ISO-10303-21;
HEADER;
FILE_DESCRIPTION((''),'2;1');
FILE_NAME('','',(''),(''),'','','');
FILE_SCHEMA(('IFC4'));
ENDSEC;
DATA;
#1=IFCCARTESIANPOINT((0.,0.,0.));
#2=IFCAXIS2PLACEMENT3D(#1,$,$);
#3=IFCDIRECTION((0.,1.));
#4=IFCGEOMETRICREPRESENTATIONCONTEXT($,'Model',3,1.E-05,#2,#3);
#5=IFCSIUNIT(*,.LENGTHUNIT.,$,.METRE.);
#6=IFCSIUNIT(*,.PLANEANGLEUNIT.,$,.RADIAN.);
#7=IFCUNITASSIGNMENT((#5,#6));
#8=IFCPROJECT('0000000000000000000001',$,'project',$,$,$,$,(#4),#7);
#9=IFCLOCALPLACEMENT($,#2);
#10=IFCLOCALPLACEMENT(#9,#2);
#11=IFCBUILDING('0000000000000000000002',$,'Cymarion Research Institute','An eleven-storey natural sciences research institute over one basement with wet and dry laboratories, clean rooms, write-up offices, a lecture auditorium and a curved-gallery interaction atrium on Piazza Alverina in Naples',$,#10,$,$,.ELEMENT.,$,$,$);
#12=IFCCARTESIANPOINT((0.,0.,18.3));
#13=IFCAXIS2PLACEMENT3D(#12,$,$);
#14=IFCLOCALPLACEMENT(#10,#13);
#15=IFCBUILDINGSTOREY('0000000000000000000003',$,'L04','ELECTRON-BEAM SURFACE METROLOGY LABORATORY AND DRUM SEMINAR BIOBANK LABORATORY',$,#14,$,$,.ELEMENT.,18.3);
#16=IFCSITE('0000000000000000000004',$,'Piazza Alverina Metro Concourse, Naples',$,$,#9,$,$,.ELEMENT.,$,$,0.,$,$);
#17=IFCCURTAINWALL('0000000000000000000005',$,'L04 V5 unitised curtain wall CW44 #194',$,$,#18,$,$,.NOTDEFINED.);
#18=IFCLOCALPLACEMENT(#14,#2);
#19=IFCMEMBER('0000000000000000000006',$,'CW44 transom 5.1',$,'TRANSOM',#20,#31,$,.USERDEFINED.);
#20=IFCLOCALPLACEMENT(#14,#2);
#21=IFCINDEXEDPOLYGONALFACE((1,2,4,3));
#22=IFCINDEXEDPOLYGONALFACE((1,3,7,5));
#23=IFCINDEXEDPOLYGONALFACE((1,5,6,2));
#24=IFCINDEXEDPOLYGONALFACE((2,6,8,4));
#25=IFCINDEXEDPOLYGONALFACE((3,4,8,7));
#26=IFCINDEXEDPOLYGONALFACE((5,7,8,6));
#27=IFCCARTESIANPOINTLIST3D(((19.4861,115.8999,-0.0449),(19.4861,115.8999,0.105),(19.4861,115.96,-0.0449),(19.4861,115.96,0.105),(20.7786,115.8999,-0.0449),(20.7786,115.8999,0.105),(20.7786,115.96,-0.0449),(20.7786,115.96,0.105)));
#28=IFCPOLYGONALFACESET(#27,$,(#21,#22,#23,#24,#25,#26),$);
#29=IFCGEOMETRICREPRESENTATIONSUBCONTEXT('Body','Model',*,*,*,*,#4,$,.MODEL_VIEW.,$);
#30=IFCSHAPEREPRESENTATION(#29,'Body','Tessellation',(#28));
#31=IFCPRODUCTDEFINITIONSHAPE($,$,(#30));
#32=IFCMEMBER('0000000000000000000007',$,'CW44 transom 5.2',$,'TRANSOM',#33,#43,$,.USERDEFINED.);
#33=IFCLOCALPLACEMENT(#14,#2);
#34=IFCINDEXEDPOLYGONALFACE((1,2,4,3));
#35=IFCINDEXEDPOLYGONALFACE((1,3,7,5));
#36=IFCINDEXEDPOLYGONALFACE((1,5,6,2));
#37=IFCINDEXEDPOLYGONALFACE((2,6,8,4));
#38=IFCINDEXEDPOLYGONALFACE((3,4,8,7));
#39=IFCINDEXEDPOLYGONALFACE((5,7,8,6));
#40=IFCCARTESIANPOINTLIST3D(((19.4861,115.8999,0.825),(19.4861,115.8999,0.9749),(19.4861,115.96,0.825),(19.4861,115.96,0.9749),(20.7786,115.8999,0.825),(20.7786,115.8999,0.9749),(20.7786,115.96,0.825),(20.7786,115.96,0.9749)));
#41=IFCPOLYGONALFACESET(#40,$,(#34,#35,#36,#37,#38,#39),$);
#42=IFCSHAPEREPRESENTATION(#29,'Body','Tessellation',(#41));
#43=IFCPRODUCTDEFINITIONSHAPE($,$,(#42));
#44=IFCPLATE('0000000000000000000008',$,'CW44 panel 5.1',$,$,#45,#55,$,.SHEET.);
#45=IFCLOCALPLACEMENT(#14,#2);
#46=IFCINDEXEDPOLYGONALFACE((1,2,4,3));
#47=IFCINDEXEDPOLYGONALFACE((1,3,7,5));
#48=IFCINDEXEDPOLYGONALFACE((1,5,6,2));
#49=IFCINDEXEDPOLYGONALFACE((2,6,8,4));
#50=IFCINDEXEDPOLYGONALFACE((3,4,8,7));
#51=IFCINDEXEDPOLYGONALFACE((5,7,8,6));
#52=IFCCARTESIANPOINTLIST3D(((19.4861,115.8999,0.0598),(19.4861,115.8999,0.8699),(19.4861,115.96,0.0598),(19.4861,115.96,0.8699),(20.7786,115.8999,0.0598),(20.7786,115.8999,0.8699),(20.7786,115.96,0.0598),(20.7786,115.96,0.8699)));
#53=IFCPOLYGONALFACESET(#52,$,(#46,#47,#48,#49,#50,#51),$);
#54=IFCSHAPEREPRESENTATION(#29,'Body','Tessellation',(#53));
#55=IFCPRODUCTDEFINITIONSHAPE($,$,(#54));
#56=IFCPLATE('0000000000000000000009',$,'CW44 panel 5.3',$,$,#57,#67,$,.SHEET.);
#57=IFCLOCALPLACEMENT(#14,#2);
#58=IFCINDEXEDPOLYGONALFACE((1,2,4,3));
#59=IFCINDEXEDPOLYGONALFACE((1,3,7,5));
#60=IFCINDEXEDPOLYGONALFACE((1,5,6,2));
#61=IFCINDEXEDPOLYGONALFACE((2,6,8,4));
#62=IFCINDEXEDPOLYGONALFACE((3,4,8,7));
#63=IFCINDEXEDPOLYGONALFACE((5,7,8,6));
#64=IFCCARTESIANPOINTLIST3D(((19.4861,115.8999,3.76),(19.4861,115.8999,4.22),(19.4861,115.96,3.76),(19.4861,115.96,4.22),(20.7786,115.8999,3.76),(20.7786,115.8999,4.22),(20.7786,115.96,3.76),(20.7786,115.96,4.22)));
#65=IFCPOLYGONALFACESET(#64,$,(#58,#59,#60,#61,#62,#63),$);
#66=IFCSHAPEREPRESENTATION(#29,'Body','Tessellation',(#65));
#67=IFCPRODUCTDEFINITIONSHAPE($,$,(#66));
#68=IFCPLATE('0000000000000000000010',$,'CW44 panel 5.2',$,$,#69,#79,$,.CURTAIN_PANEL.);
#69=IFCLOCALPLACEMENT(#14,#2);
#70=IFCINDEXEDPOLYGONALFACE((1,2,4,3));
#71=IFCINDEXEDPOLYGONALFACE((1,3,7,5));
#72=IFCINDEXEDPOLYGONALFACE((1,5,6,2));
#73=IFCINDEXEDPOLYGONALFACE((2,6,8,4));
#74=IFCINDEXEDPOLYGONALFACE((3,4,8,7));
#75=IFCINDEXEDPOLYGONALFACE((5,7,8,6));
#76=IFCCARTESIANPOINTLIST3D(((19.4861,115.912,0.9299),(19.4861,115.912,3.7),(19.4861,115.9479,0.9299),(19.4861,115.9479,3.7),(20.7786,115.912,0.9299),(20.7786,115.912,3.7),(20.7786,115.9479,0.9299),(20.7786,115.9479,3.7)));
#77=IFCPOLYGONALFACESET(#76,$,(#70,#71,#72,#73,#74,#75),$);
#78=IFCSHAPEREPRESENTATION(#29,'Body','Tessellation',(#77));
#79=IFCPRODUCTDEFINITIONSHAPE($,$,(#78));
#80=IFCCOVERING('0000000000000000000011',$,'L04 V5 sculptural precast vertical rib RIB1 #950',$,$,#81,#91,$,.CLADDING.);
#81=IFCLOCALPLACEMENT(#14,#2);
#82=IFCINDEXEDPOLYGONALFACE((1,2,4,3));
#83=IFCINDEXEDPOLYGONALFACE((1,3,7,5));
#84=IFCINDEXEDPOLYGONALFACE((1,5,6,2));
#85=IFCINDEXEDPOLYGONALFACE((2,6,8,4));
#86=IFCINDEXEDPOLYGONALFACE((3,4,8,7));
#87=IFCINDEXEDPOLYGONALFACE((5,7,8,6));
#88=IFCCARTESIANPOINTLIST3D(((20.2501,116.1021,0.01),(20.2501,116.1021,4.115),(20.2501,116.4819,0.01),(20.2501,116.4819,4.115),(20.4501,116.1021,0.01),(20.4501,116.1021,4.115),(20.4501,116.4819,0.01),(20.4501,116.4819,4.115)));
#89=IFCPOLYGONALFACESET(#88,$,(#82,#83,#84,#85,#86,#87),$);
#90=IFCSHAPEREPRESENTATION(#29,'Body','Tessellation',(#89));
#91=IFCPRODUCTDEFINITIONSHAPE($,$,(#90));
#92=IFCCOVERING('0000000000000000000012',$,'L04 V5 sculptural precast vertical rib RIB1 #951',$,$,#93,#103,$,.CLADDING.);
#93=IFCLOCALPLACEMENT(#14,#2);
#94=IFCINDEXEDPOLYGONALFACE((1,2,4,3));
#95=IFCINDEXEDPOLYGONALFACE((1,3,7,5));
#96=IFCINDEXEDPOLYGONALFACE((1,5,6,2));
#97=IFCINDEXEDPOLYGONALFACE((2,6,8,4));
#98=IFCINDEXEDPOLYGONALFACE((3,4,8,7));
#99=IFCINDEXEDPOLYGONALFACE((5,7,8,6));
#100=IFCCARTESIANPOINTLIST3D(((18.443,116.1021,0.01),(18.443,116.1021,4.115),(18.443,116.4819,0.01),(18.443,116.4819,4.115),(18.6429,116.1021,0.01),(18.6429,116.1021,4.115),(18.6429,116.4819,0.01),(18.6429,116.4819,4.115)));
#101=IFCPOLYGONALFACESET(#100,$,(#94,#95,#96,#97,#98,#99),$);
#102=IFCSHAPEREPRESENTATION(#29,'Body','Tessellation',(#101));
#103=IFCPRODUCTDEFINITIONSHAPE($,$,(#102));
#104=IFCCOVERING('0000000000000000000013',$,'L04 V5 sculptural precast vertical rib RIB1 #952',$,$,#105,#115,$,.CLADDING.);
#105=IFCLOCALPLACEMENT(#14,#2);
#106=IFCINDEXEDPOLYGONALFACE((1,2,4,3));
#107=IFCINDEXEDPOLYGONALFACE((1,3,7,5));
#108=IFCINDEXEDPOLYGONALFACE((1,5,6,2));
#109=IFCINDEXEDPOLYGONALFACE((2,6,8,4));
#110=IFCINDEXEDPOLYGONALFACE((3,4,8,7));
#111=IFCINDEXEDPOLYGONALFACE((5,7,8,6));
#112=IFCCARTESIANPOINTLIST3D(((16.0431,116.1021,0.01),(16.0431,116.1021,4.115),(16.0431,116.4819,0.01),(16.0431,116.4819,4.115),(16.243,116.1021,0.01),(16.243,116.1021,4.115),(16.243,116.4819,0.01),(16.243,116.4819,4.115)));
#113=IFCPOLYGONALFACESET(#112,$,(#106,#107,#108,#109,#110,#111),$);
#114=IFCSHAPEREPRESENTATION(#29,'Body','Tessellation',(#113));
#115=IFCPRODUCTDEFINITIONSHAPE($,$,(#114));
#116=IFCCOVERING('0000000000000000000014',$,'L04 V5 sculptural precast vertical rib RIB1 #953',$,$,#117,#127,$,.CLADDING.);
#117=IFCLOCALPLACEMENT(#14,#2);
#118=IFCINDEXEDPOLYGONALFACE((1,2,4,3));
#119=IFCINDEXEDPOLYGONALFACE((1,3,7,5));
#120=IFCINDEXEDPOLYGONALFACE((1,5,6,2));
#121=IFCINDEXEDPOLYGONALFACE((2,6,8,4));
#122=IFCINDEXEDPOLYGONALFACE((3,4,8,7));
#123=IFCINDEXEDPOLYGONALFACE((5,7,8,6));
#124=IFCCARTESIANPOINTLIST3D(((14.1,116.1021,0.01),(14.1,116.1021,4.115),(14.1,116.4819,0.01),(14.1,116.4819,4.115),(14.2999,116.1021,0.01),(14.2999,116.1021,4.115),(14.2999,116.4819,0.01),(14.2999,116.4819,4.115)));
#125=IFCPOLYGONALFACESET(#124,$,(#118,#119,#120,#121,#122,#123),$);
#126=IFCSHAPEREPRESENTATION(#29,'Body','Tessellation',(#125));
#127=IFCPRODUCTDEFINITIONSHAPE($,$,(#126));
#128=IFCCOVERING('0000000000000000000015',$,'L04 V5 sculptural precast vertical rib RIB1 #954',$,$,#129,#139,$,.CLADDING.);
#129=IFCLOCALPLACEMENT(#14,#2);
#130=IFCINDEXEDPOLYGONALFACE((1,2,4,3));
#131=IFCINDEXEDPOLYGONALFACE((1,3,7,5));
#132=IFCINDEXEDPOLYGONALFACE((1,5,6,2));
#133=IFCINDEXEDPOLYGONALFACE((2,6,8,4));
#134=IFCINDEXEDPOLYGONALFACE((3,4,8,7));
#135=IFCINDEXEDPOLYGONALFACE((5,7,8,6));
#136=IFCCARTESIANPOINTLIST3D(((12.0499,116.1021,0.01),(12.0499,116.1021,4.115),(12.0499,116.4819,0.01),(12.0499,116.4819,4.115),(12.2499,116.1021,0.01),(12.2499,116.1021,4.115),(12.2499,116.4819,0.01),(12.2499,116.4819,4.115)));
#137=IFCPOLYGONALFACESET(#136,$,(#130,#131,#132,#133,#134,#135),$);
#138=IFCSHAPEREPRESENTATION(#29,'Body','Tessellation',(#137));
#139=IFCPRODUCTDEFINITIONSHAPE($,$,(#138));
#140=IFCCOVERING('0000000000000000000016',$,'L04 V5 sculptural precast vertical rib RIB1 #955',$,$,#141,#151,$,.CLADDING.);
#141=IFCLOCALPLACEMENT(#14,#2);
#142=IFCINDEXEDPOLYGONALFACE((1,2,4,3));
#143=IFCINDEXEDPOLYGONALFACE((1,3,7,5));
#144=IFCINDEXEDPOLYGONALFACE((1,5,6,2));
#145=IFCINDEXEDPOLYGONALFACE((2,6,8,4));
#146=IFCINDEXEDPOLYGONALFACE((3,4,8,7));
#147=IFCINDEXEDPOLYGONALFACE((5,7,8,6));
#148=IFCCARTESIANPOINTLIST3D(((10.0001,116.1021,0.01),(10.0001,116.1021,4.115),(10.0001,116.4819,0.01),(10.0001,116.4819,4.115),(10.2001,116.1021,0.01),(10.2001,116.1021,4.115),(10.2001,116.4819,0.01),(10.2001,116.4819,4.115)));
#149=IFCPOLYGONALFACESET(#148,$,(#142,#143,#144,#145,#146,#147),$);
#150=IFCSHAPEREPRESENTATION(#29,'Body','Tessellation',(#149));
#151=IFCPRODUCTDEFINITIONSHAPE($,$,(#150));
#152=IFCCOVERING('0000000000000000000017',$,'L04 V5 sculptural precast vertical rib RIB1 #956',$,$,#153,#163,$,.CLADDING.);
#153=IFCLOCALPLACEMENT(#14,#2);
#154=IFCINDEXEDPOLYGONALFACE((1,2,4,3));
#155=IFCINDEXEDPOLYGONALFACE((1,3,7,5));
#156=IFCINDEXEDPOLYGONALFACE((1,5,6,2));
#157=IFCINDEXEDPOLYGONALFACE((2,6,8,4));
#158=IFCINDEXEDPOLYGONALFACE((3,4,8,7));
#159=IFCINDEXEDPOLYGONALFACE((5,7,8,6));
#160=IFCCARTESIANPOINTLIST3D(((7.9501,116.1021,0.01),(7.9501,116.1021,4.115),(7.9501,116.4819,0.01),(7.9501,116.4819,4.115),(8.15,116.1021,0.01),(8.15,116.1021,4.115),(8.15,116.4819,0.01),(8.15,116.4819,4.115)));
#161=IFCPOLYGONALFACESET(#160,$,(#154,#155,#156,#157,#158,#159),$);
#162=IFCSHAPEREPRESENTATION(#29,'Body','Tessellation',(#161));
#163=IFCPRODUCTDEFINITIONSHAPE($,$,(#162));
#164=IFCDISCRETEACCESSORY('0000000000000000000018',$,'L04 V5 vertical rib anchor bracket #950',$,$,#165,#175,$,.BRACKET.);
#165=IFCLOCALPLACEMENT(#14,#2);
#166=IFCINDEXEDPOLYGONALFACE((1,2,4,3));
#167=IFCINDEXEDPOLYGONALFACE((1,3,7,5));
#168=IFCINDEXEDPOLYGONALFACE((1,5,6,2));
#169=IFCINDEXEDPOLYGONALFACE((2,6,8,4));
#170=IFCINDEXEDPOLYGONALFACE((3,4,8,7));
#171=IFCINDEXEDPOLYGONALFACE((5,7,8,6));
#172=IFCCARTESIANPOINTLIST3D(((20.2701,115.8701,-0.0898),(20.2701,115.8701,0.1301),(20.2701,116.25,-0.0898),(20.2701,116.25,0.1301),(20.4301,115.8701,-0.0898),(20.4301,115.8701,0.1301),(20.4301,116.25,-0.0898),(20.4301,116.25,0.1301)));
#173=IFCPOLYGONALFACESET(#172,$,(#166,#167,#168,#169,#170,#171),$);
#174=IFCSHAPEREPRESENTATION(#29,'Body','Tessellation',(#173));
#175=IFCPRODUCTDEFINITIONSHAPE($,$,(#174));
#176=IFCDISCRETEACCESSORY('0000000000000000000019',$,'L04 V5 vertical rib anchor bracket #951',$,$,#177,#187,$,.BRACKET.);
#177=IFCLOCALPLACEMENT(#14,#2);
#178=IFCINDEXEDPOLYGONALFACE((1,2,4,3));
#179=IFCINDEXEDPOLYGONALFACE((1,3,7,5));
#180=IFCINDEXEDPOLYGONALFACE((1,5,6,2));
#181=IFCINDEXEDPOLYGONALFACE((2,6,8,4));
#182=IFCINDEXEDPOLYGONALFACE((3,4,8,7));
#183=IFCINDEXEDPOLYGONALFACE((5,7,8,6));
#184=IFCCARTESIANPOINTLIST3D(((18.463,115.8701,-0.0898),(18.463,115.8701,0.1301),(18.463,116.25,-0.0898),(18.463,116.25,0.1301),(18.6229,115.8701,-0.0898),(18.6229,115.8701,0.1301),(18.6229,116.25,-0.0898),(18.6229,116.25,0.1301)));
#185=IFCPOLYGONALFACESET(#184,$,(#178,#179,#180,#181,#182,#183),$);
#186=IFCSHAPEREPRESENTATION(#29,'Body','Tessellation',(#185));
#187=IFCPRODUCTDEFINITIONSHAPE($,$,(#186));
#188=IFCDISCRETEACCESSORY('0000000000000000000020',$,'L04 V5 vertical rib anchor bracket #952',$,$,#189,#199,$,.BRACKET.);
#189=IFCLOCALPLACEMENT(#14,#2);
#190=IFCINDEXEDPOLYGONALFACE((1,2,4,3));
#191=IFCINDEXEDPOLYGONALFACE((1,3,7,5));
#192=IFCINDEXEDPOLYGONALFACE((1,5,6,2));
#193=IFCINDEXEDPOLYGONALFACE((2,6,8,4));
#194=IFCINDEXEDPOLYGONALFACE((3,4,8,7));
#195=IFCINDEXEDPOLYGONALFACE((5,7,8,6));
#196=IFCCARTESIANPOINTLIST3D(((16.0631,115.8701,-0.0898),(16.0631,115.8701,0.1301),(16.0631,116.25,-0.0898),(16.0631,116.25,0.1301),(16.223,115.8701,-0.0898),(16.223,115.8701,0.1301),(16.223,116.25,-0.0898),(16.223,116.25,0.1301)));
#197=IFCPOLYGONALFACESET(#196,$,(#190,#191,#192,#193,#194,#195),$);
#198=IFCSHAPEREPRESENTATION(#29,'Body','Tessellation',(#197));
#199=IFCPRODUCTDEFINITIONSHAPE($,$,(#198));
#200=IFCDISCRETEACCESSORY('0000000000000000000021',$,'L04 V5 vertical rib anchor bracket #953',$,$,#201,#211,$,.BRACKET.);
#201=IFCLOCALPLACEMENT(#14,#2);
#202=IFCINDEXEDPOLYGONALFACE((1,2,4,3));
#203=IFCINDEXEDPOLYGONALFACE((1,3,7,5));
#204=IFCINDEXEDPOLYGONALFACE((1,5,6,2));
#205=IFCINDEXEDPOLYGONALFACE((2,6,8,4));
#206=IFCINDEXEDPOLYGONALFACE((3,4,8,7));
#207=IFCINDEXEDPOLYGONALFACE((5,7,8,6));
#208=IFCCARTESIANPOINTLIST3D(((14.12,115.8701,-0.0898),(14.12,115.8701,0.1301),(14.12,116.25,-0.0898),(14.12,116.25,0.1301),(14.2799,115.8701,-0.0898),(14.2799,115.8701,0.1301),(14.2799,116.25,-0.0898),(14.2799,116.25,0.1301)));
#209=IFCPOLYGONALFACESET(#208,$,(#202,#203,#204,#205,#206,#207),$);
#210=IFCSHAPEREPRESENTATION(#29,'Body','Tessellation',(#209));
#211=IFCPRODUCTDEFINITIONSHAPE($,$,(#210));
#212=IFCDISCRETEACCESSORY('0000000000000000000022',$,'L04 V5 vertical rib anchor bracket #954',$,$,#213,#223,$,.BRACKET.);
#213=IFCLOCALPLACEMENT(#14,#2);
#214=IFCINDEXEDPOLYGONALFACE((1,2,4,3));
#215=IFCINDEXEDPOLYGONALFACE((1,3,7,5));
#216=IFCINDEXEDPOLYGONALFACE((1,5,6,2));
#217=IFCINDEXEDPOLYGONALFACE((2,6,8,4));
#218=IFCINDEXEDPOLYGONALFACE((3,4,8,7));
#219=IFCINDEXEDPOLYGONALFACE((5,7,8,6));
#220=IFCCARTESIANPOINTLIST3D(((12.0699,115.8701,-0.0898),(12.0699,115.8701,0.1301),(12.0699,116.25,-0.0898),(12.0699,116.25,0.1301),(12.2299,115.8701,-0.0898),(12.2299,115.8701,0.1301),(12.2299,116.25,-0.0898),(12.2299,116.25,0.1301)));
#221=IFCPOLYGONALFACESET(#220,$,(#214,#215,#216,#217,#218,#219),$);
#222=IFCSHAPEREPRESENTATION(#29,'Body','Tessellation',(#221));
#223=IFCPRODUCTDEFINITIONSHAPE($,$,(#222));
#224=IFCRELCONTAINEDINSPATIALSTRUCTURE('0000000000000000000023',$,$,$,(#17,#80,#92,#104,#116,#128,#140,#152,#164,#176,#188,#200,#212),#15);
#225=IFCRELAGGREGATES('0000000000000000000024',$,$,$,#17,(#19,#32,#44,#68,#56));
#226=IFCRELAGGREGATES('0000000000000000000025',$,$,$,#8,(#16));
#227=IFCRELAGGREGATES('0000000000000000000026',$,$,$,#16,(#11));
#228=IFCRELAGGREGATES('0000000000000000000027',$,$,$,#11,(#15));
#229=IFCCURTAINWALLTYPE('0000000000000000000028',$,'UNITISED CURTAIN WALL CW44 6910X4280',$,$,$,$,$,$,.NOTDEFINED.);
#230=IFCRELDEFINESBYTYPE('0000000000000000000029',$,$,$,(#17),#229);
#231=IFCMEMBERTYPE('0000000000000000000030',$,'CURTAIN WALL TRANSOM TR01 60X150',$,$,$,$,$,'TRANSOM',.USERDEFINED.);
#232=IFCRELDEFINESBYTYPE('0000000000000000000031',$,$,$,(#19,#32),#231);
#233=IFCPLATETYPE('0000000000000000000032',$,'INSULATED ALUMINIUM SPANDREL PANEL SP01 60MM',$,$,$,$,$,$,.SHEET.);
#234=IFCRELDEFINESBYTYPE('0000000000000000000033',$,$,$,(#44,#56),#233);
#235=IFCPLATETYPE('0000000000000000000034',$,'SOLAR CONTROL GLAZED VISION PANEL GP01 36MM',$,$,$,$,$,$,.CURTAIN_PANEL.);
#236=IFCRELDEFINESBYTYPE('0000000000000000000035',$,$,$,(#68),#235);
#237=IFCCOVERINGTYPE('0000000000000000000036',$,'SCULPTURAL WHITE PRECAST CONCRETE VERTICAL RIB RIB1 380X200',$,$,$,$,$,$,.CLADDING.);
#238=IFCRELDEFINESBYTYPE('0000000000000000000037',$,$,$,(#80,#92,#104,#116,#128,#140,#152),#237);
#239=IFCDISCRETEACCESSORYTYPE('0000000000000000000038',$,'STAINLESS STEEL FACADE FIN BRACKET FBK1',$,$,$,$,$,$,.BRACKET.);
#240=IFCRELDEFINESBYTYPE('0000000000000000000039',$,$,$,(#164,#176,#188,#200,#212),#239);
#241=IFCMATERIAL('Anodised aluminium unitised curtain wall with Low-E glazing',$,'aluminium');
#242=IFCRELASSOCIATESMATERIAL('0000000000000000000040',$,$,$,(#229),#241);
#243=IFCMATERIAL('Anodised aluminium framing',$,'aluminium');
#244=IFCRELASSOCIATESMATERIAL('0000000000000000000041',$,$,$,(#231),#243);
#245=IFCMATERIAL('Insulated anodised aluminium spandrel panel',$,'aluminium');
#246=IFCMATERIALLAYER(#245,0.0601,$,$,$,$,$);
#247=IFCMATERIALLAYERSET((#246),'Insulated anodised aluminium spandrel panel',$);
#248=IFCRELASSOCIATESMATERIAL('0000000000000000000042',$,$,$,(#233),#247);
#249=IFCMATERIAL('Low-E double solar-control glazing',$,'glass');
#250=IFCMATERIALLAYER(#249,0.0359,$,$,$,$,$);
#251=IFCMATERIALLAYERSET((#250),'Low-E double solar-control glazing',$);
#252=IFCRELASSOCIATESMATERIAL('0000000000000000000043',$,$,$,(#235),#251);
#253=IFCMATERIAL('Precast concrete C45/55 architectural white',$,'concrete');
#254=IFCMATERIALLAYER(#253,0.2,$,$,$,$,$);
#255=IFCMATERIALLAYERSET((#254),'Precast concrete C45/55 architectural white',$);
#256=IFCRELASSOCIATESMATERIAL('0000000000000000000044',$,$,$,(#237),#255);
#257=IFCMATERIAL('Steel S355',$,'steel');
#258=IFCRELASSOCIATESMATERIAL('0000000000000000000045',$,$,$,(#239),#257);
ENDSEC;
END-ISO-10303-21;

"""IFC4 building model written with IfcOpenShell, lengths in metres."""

from ifc_helpers import new_model, si_unit, direction, frame, origin, origin_2d, place, context, subcontext, project, spatial, rectangle, extrude, material, layer, layer_set, material_profile, profile_set, type_object, element, aggregate, save


model = new_model("IFC4")

# Units and contexts
model_context = context("Model", 3, precision=1e-05, world=origin(), true_north=direction((0.0, 1.0)))
body_context = subcontext(model_context, "Body", "Model", "MODEL_VIEW")
ifc_project = project(units=[si_unit("LENGTHUNIT", "METRE"), si_unit("PLANEANGLEUNIT", "RADIAN")], contexts=[model_context])

# Site, building, storey
site_placement = place(None, origin())
site = spatial("IfcSite", under=ifc_project, at=site_placement, Name="Piazza Alverina Metro Concourse, Naples", CompositionType="ELEMENT", RefElevation=0.0)
building_placement = place(site_placement, origin())
building = spatial("IfcBuilding", under=site, at=building_placement, Name="Cymarion Research Institute", Description="An eleven-storey natural sciences research institute over one basement with wet and dry laboratories, clean rooms, write-up offices, a lecture auditorium and a curved-gallery interaction atrium on Piazza Alverina in Naples", CompositionType="ELEMENT")
storey_placement = place(building_placement, frame((0.0, 0.0, 18.3)))
storey = spatial("IfcBuildingStorey", under=building, at=storey_placement, Name="L04", Description="ELECTRON-BEAM SURFACE METROLOGY LABORATORY AND DRUM SEMINAR BIOBANK LABORATORY", CompositionType="ELEMENT", Elevation=18.3)

# Curtain wall, members, plates
ifc_material_1 = material(Name="Anodised aluminium unitised curtain wall with Low-E glazing", Category="aluminium")
curtain_wall_type = type_object("IfcCurtainWallType", Name="UNITISED CURTAIN WALL CW44 6910X4280", PredefinedType="NOTDEFINED", material=ifc_material_1)
curtain_wall_placement = place(storey_placement, origin())
curtain_wall = element("IfcCurtainWall", 1, at=curtain_wall_placement, inside=storey, type_object=curtain_wall_type, Name="L04 V5 unitised curtain wall CW44 #194", PredefinedType="NOTDEFINED")
ifc_material_2 = material(Name="Anodised aluminium framing", Category="aluminium")
ifc_material_profile = material_profile(ifc_material_2, rectangle(XDim=0.0601, YDim=0.1499, at=origin_2d()), Name="ALU TRANSOM 60x150")
ifc_profile_set = profile_set([ifc_material_profile], Name="Anodised aluminium framing")
member_type = type_object("IfcMemberType", Name="CURTAIN WALL TRANSOM TR01 60X150", ElementType="TRANSOM", PredefinedType="USERDEFINED", material=ifc_profile_set)
member_1_placement = place(storey_placement, frame((20.7786, 115.9299, 0.03), z_axis=(-1.0, 0.0, 0.0), x_axis=(0.0, -1.0, 0.0)))
member_1 = element("IfcMember", 2, at=member_1_placement, type_object=member_type, Name="CW44 transom 5.1", ObjectType="TRANSOM", PredefinedType="USERDEFINED", context=body_context, shape_type="SweptSolid", body=[
    extrude(rectangle(XDim=0.0601, YDim=0.1499, at=origin_2d()), origin(), (0.0, 0.0, 1.0), 1.2925),
])
member_2_placement = place(storey_placement, frame((20.7786, 115.9299, 0.8999), z_axis=(-1.0, 0.0, 0.0), x_axis=(0.0, -1.0, 0.0)))
member_2 = element("IfcMember", 3, at=member_2_placement, type_object=member_type, Name="CW44 transom 5.2", ObjectType="TRANSOM", PredefinedType="USERDEFINED", context=body_context, shape_type="SweptSolid", body=[
    extrude(rectangle(XDim=0.0601, YDim=0.1499, at=origin_2d()), origin(), (0.0, 0.0, 1.0), 1.2925),
])
ifc_material_3 = material(Name="Insulated anodised aluminium spandrel panel", Category="aluminium")
ifc_layer_1 = layer(ifc_material_3, 0.0601)
ifc_layer_set_1 = layer_set([ifc_layer_1], Name="Insulated anodised aluminium spandrel panel")
plate_type_1 = type_object("IfcPlateType", Name="INSULATED ALUMINIUM SPANDREL PANEL SP01 60MM", PredefinedType="SHEET", material=ifc_layer_set_1)
plate_1_placement = place(storey_placement, frame((20.1323, 115.9299, 0.0598), z_axis=(0.0, 0.0, 1.0), x_axis=(-1.0, 0.0, 0.0)))
plate_1 = element("IfcPlate", 4, at=plate_1_placement, type_object=plate_type_1, Name="CW44 panel 5.1", PredefinedType="SHEET", context=body_context, shape_type="SweptSolid", body=[
    extrude(rectangle(XDim=1.2925, YDim=0.0601, at=origin_2d()), origin(), (0.0, 0.0, 1.0), 0.8101),
])
plate_2_placement = place(storey_placement, frame((20.1323, 115.9299, 3.76), z_axis=(0.0, 0.0, 1.0), x_axis=(-1.0, 0.0, 0.0)))
plate_2 = element("IfcPlate", 5, at=plate_2_placement, type_object=plate_type_1, Name="CW44 panel 5.3", PredefinedType="SHEET", context=body_context, shape_type="SweptSolid", body=[
    extrude(rectangle(XDim=1.2925, YDim=0.0601, at=origin_2d()), origin(), (0.0, 0.0, 1.0), 0.46),
])
ifc_material_4 = material(Name="Low-E double solar-control glazing", Category="glass")
ifc_layer_2 = layer(ifc_material_4, 0.0359)
ifc_layer_set_2 = layer_set([ifc_layer_2], Name="Low-E double solar-control glazing")
plate_type_2 = type_object("IfcPlateType", Name="SOLAR CONTROL GLAZED VISION PANEL GP01 36MM", PredefinedType="CURTAIN_PANEL", material=ifc_layer_set_2)
plate_3_placement = place(storey_placement, frame((20.1323, 115.9299, 0.9299), z_axis=(0.0, 0.0, 1.0), x_axis=(-1.0, 0.0, 0.0)))
plate_3 = element("IfcPlate", 6, at=plate_3_placement, type_object=plate_type_2, Name="CW44 panel 5.2", PredefinedType="CURTAIN_PANEL", context=body_context, shape_type="SweptSolid", body=[
    extrude(rectangle(XDim=1.2925, YDim=0.0359, at=origin_2d()), origin(), (0.0, 0.0, 1.0), 2.77),
])
aggregate(curtain_wall, [member_1, member_2, plate_1, plate_3, plate_2])

# Coverings
ifc_material_5 = material(Name="Precast concrete C45/55 architectural white", Category="concrete")
ifc_layer_3 = layer(ifc_material_5, 0.2)
ifc_layer_set_3 = layer_set([ifc_layer_3], Name="Precast concrete C45/55 architectural white")
covering_type = type_object("IfcCoveringType", Name="SCULPTURAL WHITE PRECAST CONCRETE VERTICAL RIB RIB1 380X200", PredefinedType="CLADDING", material=ifc_layer_set_3)
for number, where, z_axis, x_axis, name in (
    (7, (20.3501, 116.292, 0.01), (0.0, 0.0, 1.0), (0.0, 1.0, 0.0), "L04 V5 sculptural precast vertical rib RIB1 #950"),
    (8, (18.543, 116.292, 0.01), (0.0, 0.0, 1.0), (0.0, 1.0, 0.0), "L04 V5 sculptural precast vertical rib RIB1 #951"),
    (9, (16.1431, 116.292, 0.01), (0.0, 0.0, 1.0), (0.0, 1.0, 0.0), "L04 V5 sculptural precast vertical rib RIB1 #952"),
    (10, (14.2, 116.292, 0.01), (0.0, 0.0, 1.0), (0.0, 1.0, 0.0), "L04 V5 sculptural precast vertical rib RIB1 #953"),
    (11, (12.1499, 116.292, 0.01), (0.0, 0.0, 1.0), (0.0, 1.0, 0.0), "L04 V5 sculptural precast vertical rib RIB1 #954"),
    (12, (10.1001, 116.292, 0.01), (0.0, 0.0, 1.0), (0.0, 1.0, 0.0), "L04 V5 sculptural precast vertical rib RIB1 #955"),
    (13, (8.05, 116.292, 0.01), (0.0, 0.0, 1.0), (0.0, 1.0, 0.0), "L04 V5 sculptural precast vertical rib RIB1 #956"),
):
    element("IfcCovering", number, at=place(storey_placement, frame(where, z_axis=z_axis, x_axis=x_axis)), inside=storey, type_object=covering_type, Name=name, PredefinedType="CLADDING", context=body_context, shape_type="SweptSolid", body=[
        extrude(rectangle(XDim=0.3799, YDim=0.2, at=origin_2d()), origin(), (0.0, 0.0, 1.0), 4.105),
    ])

# Discrete accessories
ifc_material_6 = material(Name="Steel S355", Category="steel")
discrete_accessory_type = type_object("IfcDiscreteAccessoryType", Name="STAINLESS STEEL FACADE FIN BRACKET FBK1", PredefinedType="BRACKET", material=ifc_material_6)
for number, where, z_axis, x_axis, name in (
    (14, (20.3501, 116.0601, -0.0898), (0.0, 0.0, 1.0), (0.0, 1.0, 0.0), "L04 V5 vertical rib anchor bracket #950"),
    (15, (18.543, 116.0601, -0.0898), (0.0, 0.0, 1.0), (0.0, 1.0, 0.0), "L04 V5 vertical rib anchor bracket #951"),
    (16, (16.1431, 116.0601, -0.0898), (0.0, 0.0, 1.0), (0.0, 1.0, 0.0), "L04 V5 vertical rib anchor bracket #952"),
    (17, (14.2, 116.0601, -0.0898), (0.0, 0.0, 1.0), (0.0, 1.0, 0.0), "L04 V5 vertical rib anchor bracket #953"),
    (18, (12.1499, 116.0601, -0.0898), (0.0, 0.0, 1.0), (0.0, 1.0, 0.0), "L04 V5 vertical rib anchor bracket #954"),
):
    element("IfcDiscreteAccessory", number, at=place(storey_placement, frame(where, z_axis=z_axis, x_axis=x_axis)), inside=storey, type_object=discrete_accessory_type, Name=name, PredefinedType="BRACKET", context=body_context, shape_type="SweptSolid", body=[
        extrude(rectangle(XDim=0.3799, YDim=0.1599, at=origin_2d()), origin(), (0.0, 0.0, 1.0), 0.22),
    ])

save(model, "model.ifc")
